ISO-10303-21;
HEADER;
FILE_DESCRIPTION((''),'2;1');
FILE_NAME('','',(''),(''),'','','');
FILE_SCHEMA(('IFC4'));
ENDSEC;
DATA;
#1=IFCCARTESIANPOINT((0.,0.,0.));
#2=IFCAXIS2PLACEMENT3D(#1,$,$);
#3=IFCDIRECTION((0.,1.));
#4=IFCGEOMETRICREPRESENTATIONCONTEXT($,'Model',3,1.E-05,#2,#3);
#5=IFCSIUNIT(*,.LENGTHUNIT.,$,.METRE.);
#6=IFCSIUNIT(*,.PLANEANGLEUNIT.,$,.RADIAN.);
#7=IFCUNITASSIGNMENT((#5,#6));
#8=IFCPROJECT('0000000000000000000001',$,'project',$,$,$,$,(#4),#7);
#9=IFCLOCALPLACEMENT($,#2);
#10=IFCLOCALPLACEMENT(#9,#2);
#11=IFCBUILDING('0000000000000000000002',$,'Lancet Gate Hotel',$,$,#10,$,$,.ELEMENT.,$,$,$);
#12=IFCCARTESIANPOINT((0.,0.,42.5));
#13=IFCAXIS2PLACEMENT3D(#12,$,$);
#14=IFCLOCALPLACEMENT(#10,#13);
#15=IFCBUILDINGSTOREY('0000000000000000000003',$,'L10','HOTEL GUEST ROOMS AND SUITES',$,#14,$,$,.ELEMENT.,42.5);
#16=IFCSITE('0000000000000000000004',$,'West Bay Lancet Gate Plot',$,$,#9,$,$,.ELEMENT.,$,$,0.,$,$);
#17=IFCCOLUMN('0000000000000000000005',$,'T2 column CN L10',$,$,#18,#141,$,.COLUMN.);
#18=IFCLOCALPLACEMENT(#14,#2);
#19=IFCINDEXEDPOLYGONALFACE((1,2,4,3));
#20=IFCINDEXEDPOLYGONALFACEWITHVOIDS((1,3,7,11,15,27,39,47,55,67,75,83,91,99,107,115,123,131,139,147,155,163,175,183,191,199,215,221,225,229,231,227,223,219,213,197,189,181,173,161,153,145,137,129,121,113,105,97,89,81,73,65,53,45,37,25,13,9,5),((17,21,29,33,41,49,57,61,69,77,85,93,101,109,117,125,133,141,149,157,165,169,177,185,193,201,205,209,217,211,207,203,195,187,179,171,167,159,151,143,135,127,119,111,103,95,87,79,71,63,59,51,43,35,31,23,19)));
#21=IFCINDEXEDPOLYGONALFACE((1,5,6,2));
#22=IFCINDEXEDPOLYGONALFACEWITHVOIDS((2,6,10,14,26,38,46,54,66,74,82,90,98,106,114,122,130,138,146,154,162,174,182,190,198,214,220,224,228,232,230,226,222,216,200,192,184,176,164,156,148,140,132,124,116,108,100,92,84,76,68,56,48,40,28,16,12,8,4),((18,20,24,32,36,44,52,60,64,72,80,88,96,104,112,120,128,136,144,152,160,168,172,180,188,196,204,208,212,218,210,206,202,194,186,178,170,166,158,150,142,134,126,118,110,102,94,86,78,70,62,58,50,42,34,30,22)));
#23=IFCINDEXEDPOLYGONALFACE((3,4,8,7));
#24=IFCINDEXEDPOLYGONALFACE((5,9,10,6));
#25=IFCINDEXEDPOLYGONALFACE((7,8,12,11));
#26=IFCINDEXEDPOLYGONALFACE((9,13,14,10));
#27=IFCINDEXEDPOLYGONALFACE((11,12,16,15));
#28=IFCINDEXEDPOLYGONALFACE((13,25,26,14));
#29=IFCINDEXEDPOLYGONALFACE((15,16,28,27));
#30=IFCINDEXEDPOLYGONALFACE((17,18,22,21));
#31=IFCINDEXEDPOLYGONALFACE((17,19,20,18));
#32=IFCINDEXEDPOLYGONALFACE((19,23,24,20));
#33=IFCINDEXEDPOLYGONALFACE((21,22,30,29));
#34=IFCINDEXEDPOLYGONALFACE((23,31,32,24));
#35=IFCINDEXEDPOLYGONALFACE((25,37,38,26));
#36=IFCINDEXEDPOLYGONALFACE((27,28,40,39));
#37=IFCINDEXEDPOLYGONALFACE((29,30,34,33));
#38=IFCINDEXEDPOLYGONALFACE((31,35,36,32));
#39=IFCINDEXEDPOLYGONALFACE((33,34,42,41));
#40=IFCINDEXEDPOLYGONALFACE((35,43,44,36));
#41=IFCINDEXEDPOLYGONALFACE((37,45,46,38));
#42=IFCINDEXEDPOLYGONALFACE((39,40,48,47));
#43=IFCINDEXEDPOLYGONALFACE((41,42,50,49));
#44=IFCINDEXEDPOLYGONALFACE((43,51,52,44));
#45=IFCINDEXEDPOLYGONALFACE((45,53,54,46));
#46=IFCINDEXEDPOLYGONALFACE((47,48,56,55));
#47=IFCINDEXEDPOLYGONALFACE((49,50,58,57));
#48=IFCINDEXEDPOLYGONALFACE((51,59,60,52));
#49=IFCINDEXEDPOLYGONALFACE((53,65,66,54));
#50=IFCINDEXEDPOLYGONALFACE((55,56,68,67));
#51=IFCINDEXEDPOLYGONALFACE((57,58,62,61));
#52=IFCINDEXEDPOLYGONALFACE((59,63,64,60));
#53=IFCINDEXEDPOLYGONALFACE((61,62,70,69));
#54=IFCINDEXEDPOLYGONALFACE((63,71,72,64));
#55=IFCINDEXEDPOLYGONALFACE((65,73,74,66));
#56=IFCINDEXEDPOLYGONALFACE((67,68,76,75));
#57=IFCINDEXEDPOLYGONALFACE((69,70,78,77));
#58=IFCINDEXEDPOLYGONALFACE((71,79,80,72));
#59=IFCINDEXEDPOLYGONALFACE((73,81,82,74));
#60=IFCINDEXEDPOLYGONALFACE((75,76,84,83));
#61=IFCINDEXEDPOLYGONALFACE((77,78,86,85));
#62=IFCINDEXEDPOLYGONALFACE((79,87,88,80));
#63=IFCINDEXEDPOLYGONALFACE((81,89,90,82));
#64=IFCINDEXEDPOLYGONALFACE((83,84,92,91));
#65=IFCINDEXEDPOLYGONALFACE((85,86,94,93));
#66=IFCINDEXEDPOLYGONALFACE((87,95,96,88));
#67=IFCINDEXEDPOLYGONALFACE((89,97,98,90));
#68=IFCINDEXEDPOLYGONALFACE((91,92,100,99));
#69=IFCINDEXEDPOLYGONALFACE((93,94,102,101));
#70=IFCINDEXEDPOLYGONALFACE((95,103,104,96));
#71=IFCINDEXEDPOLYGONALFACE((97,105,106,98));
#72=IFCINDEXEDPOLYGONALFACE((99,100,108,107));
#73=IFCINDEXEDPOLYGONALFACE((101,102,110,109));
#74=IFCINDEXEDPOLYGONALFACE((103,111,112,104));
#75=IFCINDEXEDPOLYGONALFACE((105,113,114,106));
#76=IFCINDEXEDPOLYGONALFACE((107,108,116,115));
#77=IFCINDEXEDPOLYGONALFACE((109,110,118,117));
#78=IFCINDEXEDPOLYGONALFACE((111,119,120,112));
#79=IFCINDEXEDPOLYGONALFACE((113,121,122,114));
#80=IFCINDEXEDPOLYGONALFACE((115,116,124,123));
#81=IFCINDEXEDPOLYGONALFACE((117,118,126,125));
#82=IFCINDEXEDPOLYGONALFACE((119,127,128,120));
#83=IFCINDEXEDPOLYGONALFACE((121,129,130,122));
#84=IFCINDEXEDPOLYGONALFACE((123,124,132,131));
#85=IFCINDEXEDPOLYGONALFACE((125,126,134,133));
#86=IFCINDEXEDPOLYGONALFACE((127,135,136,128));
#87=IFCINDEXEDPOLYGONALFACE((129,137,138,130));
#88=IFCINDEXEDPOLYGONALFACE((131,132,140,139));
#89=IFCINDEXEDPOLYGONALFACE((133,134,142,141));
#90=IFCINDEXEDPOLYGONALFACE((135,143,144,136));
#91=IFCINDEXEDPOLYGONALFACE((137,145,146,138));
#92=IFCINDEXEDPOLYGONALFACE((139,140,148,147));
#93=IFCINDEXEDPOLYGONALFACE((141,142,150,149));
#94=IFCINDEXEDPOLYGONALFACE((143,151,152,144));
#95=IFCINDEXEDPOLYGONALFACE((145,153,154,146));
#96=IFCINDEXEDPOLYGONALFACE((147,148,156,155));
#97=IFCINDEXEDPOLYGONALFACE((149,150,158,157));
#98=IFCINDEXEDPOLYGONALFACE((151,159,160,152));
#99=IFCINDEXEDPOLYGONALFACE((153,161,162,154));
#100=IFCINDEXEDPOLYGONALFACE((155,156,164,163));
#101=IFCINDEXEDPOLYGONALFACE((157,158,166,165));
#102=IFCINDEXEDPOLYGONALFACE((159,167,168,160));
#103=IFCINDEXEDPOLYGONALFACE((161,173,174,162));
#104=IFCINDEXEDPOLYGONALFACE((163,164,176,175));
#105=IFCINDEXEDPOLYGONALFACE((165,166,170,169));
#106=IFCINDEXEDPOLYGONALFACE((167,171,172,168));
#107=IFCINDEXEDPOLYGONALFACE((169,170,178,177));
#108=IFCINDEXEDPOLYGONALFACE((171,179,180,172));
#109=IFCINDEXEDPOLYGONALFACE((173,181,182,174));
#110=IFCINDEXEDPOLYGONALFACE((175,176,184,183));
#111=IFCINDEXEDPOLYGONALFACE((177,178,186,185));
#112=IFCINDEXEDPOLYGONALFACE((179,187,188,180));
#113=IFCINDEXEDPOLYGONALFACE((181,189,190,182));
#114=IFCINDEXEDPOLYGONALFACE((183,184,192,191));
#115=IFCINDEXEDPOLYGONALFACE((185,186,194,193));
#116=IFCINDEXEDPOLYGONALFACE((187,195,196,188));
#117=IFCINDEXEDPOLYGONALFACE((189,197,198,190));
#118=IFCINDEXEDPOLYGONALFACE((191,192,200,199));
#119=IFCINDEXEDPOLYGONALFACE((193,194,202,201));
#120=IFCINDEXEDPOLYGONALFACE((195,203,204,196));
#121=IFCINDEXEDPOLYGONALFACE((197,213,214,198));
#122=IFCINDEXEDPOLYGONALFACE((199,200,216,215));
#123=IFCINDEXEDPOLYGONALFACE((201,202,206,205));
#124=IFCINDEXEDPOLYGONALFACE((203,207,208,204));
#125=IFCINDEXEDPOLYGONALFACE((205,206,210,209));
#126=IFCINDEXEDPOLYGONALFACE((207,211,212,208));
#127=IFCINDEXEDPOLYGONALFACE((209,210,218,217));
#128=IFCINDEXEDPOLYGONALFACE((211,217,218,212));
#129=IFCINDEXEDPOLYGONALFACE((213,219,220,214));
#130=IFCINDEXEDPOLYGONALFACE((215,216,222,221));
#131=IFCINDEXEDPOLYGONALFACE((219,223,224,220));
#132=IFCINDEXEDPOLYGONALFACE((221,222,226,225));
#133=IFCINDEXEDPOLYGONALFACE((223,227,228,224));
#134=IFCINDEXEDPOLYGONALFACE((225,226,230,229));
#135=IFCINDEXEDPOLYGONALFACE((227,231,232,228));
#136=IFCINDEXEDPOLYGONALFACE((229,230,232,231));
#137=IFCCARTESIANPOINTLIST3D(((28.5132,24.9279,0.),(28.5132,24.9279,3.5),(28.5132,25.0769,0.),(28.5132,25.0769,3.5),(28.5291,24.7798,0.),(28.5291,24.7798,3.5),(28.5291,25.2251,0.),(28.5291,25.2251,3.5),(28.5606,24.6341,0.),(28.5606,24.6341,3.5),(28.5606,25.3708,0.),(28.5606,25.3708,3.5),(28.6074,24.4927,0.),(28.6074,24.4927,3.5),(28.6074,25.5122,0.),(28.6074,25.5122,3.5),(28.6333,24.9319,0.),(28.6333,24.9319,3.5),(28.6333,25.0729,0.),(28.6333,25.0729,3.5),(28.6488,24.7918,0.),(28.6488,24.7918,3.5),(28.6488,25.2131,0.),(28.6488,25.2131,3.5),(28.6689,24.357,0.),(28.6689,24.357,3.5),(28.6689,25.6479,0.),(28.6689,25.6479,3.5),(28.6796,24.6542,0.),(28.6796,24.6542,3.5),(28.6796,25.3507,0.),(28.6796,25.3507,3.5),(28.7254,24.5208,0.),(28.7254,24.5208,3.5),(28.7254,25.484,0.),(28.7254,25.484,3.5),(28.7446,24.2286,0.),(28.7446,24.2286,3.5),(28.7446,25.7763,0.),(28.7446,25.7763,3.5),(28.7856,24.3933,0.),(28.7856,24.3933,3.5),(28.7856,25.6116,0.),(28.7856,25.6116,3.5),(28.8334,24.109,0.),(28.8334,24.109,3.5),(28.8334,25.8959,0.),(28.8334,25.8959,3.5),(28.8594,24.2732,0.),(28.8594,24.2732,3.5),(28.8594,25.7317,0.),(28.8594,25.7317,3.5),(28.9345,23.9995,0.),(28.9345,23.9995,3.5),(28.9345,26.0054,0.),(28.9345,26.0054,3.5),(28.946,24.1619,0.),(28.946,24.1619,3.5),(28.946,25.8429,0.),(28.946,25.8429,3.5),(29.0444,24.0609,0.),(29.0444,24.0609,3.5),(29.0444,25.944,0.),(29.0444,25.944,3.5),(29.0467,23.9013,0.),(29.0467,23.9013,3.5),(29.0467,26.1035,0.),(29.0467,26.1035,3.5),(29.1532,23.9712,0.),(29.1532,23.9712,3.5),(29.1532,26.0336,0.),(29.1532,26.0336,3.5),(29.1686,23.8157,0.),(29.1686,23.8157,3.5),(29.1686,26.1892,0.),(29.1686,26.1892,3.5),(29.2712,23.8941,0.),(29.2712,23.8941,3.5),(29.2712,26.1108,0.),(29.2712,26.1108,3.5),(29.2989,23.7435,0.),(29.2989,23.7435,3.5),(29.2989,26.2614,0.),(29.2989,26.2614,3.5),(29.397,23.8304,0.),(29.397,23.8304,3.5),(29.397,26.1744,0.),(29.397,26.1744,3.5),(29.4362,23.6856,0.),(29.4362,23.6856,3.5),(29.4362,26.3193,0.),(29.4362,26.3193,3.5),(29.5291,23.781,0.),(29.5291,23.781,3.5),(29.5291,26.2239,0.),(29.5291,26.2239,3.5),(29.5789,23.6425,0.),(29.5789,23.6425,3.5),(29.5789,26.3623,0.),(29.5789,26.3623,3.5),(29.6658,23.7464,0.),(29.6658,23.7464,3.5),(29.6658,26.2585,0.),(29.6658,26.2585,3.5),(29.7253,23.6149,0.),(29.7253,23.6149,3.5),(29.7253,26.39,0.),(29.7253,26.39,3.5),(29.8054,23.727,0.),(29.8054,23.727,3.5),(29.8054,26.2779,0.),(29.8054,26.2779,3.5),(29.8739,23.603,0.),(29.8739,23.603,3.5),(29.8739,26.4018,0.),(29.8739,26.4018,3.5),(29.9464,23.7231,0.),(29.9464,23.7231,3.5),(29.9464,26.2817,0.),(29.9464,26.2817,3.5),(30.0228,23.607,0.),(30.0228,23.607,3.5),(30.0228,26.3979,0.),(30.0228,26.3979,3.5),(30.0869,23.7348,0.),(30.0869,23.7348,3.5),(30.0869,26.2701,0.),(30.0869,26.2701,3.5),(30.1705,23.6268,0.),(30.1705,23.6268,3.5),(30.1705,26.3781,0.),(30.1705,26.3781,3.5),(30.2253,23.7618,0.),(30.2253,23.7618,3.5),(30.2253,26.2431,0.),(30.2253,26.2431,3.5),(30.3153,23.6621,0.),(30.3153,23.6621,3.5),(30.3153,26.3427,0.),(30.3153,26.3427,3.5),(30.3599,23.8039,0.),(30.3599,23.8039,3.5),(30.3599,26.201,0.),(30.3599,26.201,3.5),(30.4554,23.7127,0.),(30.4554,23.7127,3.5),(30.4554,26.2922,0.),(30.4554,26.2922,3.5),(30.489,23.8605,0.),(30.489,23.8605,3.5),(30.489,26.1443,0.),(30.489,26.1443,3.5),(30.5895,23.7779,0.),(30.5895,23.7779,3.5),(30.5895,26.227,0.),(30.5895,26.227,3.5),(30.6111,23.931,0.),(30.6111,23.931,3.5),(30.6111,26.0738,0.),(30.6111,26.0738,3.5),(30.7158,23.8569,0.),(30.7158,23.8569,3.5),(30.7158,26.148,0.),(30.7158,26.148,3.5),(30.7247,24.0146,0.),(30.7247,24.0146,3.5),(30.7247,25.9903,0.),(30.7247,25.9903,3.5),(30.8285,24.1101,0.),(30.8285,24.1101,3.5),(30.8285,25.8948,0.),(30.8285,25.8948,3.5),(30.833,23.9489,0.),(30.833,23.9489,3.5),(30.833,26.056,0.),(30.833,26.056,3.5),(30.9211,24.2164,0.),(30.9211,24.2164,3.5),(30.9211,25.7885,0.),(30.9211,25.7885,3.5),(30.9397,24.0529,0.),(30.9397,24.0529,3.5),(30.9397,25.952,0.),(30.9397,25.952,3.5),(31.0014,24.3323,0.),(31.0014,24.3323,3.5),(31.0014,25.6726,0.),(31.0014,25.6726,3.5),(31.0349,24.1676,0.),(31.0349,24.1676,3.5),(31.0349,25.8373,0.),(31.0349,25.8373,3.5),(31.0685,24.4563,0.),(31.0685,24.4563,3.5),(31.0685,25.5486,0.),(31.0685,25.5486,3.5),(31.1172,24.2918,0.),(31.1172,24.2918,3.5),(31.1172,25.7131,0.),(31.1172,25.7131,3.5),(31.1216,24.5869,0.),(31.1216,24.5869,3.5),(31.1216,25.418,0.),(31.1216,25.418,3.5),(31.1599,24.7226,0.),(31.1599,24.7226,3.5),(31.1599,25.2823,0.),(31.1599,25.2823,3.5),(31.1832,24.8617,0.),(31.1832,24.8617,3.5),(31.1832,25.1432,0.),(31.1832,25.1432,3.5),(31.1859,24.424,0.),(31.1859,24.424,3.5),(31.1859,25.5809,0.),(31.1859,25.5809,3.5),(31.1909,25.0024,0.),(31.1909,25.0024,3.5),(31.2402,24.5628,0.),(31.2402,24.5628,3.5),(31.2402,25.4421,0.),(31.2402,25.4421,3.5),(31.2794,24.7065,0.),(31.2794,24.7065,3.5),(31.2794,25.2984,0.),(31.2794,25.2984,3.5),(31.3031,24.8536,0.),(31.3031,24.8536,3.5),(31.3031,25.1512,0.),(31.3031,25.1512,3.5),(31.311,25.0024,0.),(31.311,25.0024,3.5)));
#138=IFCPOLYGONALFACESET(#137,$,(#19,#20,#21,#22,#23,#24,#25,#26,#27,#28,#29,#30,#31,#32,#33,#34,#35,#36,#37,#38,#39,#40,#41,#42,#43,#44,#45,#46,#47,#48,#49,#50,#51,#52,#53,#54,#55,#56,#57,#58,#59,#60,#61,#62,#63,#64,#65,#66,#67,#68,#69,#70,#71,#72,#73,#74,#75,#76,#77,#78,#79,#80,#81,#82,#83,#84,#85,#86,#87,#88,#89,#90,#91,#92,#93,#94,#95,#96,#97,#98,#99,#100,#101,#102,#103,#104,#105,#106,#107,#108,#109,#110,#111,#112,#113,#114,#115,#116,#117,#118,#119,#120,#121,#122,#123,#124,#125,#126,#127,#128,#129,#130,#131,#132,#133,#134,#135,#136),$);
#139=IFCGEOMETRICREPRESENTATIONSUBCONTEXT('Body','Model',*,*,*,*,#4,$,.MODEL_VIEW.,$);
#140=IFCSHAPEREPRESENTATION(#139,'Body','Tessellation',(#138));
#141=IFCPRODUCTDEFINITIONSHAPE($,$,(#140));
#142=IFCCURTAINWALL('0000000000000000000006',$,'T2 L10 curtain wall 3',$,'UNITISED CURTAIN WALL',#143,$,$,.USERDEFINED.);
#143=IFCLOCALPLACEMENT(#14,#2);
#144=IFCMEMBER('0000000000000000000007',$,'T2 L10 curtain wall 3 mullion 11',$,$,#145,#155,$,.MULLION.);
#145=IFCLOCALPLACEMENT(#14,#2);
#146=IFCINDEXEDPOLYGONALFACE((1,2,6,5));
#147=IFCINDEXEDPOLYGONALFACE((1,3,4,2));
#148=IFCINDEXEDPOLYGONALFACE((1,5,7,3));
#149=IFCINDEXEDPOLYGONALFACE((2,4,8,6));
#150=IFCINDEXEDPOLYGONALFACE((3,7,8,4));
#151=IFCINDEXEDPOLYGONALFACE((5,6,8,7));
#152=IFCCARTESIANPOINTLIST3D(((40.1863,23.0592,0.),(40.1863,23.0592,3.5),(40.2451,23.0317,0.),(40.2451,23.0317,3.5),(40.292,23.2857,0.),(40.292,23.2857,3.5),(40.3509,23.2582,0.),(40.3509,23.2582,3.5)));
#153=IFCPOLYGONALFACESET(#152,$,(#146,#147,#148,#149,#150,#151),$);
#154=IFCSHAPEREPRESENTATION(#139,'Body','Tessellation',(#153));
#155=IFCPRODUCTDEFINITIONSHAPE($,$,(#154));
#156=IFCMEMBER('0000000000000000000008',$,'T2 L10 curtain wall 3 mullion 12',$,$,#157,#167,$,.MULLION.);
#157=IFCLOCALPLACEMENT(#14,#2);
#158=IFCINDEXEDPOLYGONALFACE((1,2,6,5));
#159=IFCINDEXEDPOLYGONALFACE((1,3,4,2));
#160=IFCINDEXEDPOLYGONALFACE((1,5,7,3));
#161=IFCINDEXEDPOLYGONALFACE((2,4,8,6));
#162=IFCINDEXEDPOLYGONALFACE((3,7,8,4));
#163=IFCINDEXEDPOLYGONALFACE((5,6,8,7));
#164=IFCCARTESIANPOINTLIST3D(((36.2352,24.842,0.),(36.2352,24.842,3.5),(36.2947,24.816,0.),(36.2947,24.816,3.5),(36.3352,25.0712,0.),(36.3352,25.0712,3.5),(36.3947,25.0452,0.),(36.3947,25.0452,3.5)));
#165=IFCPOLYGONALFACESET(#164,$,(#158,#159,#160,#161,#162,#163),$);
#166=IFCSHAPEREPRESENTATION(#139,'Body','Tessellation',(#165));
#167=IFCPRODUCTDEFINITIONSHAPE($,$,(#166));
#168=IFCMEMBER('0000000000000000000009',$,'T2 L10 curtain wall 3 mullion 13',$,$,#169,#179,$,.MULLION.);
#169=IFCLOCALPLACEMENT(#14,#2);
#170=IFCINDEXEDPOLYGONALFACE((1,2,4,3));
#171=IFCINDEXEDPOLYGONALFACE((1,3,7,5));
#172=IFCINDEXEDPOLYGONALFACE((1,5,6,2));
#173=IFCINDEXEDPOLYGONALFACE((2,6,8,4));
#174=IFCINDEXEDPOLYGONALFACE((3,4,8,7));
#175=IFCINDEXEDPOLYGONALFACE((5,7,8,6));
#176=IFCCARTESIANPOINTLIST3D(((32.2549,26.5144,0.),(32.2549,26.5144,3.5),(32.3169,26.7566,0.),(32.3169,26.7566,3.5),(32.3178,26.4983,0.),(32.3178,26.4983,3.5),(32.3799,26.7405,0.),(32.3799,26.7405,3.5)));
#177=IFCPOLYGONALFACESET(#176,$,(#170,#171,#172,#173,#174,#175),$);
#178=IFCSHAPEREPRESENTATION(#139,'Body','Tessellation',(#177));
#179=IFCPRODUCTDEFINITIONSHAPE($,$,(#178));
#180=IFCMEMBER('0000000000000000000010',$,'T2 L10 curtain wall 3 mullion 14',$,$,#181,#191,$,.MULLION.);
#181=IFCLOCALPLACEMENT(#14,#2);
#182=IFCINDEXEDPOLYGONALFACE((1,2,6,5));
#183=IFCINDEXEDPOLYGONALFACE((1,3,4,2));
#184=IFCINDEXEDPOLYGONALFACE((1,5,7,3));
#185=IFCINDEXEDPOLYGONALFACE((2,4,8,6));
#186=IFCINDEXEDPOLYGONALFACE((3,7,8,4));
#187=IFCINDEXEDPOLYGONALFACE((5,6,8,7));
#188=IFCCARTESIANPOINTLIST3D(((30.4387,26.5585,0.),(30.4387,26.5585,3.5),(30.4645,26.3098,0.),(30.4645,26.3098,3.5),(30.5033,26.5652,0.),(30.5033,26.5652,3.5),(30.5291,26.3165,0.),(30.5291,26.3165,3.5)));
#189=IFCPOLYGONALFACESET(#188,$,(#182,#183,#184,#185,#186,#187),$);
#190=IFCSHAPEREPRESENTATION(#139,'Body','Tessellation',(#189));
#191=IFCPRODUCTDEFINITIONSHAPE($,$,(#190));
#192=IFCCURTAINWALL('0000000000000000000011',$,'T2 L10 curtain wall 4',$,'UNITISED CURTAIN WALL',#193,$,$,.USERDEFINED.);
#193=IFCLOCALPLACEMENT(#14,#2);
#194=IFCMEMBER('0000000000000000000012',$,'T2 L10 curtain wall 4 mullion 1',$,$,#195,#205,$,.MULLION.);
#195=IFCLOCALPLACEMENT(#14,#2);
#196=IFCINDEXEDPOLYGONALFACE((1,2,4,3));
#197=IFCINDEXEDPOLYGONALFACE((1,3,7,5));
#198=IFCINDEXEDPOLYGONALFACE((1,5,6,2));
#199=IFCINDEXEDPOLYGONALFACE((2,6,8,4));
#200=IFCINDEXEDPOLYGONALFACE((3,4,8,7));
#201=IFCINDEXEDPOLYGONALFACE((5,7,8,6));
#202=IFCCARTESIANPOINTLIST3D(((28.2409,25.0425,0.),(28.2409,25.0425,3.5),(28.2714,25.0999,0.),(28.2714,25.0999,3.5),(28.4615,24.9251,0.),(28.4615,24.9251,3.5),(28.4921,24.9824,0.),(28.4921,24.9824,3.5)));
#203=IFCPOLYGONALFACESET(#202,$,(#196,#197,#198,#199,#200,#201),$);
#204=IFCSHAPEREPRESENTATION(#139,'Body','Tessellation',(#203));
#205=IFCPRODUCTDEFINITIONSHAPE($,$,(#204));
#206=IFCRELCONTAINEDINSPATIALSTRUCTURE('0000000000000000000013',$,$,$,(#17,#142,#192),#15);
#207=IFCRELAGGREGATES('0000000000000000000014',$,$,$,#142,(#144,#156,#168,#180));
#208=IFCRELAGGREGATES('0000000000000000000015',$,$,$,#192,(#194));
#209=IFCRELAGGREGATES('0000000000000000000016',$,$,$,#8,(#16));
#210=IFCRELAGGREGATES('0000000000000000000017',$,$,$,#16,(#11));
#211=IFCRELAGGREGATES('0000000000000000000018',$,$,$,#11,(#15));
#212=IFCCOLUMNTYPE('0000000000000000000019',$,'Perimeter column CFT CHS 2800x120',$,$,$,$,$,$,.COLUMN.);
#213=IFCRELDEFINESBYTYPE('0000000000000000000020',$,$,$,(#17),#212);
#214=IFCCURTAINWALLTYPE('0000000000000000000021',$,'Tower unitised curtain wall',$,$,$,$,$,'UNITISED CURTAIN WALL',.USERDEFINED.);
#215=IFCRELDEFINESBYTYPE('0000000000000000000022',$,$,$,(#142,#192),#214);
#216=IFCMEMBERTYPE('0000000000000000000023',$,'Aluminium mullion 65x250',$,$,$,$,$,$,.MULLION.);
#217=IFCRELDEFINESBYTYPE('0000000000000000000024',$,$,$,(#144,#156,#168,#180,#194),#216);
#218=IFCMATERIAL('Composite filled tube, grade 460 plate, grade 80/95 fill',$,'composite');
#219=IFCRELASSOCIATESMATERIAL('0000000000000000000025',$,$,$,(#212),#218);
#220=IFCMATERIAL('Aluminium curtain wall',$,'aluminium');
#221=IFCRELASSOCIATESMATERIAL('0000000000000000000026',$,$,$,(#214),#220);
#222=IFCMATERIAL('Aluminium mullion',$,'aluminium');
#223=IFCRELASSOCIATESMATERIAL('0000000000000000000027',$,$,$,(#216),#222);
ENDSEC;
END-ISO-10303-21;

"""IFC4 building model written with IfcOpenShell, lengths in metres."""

from ifc_helpers import new_model, si_unit, direction, frame, origin, origin_2d, place, context, subcontext, project, spatial, rectangle, hollow_circle, extrude, material, material_profile, profile_set, type_object, element, aggregate, save


model = new_model("IFC4")

# Units and contexts
model_context = context("Model", 3, precision=1e-05, world=origin(), true_north=direction((0.0, 1.0)))
body_context = subcontext(model_context, "Body", "Model", "MODEL_VIEW")
ifc_project = project(units=[si_unit("LENGTHUNIT", "METRE"), si_unit("PLANEANGLEUNIT", "RADIAN")], contexts=[model_context])

# Site, building, storey
site_placement = place(None, origin())
site = spatial("IfcSite", under=ifc_project, at=site_placement, Name="West Bay Lancet Gate Plot", CompositionType="ELEMENT", RefElevation=0.0)
building_placement = place(site_placement, origin())
building = spatial("IfcBuilding", under=site, at=building_placement, Name="Lancet Gate Hotel", CompositionType="ELEMENT")
storey_placement = place(building_placement, frame((0.0, 0.0, 42.5)))
storey = spatial("IfcBuildingStorey", under=building, at=storey_placement, Name="L10", Description="HOTEL GUEST ROOMS AND SUITES", CompositionType="ELEMENT", Elevation=42.5)

# Column
ifc_material_1 = material(Name="Composite filled tube, grade 460 plate, grade 80/95 fill", Category="composite")
ifc_material_profile_1 = material_profile(ifc_material_1, hollow_circle(Radius=1.3999, WallThickness=0.1201, at=origin_2d()), Name="CHS 2800x120")
ifc_profile_set_1 = profile_set([ifc_material_profile_1], Name="Composite filled tube, grade 460 plate, grade 80/95 fill")
column_type = type_object("IfcColumnType", Name="Perimeter column CFT CHS 2800x120", PredefinedType="COLUMN", material=ifc_profile_set_1)
column_placement = place(storey_placement, frame((29.9111, 25.0024, 0.0), z_axis=(0.0, 0.0, 1.0), x_axis=(1.0, 0.0, 0.0)))
element("IfcColumn", 1, at=column_placement, inside=storey, type_object=column_type, Name="T2 column CN L10", PredefinedType="COLUMN", context=body_context, shape_type="SweptSolid", body=[
    extrude(hollow_circle(Radius=1.3999, WallThickness=0.1201, at=origin_2d()), origin(), (0.0, 0.0, 1.0), 3.5),
])

# Curtain walls, members
ifc_material_2 = material(Name="Aluminium curtain wall", Category="aluminium")
curtain_wall_type = type_object("IfcCurtainWallType", Name="Tower unitised curtain wall", ElementType="UNITISED CURTAIN WALL", PredefinedType="USERDEFINED", material=ifc_material_2)
curtain_wall_1_placement = place(storey_placement, origin())
curtain_wall_1 = element("IfcCurtainWall", 2, at=curtain_wall_1_placement, inside=storey, type_object=curtain_wall_type, Name="T2 L10 curtain wall 3", ObjectType="UNITISED CURTAIN WALL", PredefinedType="USERDEFINED")
ifc_material_3 = material(Name="Aluminium mullion", Category="aluminium")
ifc_material_profile_2 = material_profile(ifc_material_3, rectangle(XDim=0.0649, YDim=0.25, at=origin_2d()), Name="MULLION 65x250")
ifc_profile_set_2 = profile_set([ifc_material_profile_2], Name="Aluminium mullion")
member_type_1 = type_object("IfcMemberType", Name="Aluminium mullion 65x250", PredefinedType="MULLION", material=ifc_profile_set_2)
member_1_placement = place(storey_placement, frame((40.2686, 23.1587, 0.0), z_axis=(0.0, 0.0, 1.0), x_axis=(-0.906105, 0.423053, 0.0)))
member_1 = element("IfcMember", 3, at=member_1_placement, type_object=member_type_1, Name="T2 L10 curtain wall 3 mullion 11", PredefinedType="MULLION", context=body_context, shape_type="SweptSolid", body=[
    extrude(rectangle(XDim=0.0649, YDim=0.25, at=origin_2d()), origin(), (0.0, 0.0, 1.0), 3.5),
])
member_2_placement = place(storey_placement, frame((36.3149, 24.9436, 0.0), z_axis=(0.0, 0.0, 1.0), x_axis=(-0.916579, 0.399854, 0.0)))
member_2 = element("IfcMember", 4, at=member_2_placement, type_object=member_type_1, Name="T2 L10 curtain wall 3 mullion 12", PredefinedType="MULLION", context=body_context, shape_type="SweptSolid", body=[
    extrude(rectangle(XDim=0.0649, YDim=0.25, at=origin_2d()), origin(), (0.0, 0.0, 1.0), 3.5),
])
member_3_placement = place(storey_placement, frame((32.3174, 26.6274, 0.0), z_axis=(0.0, 0.0, 1.0), x_axis=(-0.968721, 0.24815, 0.0)))
member_3 = element("IfcMember", 5, at=member_3_placement, type_object=member_type_1, Name="T2 L10 curtain wall 3 mullion 13", PredefinedType="MULLION", context=body_context, shape_type="SweptSolid", body=[
    extrude(rectangle(XDim=0.0649, YDim=0.25, at=origin_2d()), origin(), (0.0, 0.0, 1.0), 3.5),
])
member_4_placement = place(storey_placement, frame((30.4839, 26.4375, 0.0), z_axis=(0.0, 0.0, 1.0), x_axis=(-0.994672, -0.103088, 0.0)))
member_4 = element("IfcMember", 6, at=member_4_placement, type_object=member_type_1, Name="T2 L10 curtain wall 3 mullion 14", PredefinedType="MULLION", context=body_context, shape_type="SweptSolid", body=[
    extrude(rectangle(XDim=0.0649, YDim=0.25, at=origin_2d()), origin(), (0.0, 0.0, 1.0), 3.5),
])
curtain_wall_2_placement = place(storey_placement, origin())
curtain_wall_2 = element("IfcCurtainWall", 7, at=curtain_wall_2_placement, inside=storey, type_object=curtain_wall_type, Name="T2 L10 curtain wall 4", ObjectType="UNITISED CURTAIN WALL", PredefinedType="USERDEFINED")
member_5_placement = place(storey_placement, frame((28.3665, 25.0125, 0.0), z_axis=(0.0, 0.0, 1.0), x_axis=(-0.469898, -0.882721, 0.0)))
member_5 = element("IfcMember", 8, at=member_5_placement, type_object=member_type_1, Name="T2 L10 curtain wall 4 mullion 1", PredefinedType="MULLION", context=body_context, shape_type="SweptSolid", body=[
    extrude(rectangle(XDim=0.0649, YDim=0.25, at=origin_2d()), origin(), (0.0, 0.0, 1.0), 3.5),
])

aggregate(curtain_wall_1, [member_1, member_2, member_3, member_4])
aggregate(curtain_wall_2, [member_5])

save(model, "model.ifc")
